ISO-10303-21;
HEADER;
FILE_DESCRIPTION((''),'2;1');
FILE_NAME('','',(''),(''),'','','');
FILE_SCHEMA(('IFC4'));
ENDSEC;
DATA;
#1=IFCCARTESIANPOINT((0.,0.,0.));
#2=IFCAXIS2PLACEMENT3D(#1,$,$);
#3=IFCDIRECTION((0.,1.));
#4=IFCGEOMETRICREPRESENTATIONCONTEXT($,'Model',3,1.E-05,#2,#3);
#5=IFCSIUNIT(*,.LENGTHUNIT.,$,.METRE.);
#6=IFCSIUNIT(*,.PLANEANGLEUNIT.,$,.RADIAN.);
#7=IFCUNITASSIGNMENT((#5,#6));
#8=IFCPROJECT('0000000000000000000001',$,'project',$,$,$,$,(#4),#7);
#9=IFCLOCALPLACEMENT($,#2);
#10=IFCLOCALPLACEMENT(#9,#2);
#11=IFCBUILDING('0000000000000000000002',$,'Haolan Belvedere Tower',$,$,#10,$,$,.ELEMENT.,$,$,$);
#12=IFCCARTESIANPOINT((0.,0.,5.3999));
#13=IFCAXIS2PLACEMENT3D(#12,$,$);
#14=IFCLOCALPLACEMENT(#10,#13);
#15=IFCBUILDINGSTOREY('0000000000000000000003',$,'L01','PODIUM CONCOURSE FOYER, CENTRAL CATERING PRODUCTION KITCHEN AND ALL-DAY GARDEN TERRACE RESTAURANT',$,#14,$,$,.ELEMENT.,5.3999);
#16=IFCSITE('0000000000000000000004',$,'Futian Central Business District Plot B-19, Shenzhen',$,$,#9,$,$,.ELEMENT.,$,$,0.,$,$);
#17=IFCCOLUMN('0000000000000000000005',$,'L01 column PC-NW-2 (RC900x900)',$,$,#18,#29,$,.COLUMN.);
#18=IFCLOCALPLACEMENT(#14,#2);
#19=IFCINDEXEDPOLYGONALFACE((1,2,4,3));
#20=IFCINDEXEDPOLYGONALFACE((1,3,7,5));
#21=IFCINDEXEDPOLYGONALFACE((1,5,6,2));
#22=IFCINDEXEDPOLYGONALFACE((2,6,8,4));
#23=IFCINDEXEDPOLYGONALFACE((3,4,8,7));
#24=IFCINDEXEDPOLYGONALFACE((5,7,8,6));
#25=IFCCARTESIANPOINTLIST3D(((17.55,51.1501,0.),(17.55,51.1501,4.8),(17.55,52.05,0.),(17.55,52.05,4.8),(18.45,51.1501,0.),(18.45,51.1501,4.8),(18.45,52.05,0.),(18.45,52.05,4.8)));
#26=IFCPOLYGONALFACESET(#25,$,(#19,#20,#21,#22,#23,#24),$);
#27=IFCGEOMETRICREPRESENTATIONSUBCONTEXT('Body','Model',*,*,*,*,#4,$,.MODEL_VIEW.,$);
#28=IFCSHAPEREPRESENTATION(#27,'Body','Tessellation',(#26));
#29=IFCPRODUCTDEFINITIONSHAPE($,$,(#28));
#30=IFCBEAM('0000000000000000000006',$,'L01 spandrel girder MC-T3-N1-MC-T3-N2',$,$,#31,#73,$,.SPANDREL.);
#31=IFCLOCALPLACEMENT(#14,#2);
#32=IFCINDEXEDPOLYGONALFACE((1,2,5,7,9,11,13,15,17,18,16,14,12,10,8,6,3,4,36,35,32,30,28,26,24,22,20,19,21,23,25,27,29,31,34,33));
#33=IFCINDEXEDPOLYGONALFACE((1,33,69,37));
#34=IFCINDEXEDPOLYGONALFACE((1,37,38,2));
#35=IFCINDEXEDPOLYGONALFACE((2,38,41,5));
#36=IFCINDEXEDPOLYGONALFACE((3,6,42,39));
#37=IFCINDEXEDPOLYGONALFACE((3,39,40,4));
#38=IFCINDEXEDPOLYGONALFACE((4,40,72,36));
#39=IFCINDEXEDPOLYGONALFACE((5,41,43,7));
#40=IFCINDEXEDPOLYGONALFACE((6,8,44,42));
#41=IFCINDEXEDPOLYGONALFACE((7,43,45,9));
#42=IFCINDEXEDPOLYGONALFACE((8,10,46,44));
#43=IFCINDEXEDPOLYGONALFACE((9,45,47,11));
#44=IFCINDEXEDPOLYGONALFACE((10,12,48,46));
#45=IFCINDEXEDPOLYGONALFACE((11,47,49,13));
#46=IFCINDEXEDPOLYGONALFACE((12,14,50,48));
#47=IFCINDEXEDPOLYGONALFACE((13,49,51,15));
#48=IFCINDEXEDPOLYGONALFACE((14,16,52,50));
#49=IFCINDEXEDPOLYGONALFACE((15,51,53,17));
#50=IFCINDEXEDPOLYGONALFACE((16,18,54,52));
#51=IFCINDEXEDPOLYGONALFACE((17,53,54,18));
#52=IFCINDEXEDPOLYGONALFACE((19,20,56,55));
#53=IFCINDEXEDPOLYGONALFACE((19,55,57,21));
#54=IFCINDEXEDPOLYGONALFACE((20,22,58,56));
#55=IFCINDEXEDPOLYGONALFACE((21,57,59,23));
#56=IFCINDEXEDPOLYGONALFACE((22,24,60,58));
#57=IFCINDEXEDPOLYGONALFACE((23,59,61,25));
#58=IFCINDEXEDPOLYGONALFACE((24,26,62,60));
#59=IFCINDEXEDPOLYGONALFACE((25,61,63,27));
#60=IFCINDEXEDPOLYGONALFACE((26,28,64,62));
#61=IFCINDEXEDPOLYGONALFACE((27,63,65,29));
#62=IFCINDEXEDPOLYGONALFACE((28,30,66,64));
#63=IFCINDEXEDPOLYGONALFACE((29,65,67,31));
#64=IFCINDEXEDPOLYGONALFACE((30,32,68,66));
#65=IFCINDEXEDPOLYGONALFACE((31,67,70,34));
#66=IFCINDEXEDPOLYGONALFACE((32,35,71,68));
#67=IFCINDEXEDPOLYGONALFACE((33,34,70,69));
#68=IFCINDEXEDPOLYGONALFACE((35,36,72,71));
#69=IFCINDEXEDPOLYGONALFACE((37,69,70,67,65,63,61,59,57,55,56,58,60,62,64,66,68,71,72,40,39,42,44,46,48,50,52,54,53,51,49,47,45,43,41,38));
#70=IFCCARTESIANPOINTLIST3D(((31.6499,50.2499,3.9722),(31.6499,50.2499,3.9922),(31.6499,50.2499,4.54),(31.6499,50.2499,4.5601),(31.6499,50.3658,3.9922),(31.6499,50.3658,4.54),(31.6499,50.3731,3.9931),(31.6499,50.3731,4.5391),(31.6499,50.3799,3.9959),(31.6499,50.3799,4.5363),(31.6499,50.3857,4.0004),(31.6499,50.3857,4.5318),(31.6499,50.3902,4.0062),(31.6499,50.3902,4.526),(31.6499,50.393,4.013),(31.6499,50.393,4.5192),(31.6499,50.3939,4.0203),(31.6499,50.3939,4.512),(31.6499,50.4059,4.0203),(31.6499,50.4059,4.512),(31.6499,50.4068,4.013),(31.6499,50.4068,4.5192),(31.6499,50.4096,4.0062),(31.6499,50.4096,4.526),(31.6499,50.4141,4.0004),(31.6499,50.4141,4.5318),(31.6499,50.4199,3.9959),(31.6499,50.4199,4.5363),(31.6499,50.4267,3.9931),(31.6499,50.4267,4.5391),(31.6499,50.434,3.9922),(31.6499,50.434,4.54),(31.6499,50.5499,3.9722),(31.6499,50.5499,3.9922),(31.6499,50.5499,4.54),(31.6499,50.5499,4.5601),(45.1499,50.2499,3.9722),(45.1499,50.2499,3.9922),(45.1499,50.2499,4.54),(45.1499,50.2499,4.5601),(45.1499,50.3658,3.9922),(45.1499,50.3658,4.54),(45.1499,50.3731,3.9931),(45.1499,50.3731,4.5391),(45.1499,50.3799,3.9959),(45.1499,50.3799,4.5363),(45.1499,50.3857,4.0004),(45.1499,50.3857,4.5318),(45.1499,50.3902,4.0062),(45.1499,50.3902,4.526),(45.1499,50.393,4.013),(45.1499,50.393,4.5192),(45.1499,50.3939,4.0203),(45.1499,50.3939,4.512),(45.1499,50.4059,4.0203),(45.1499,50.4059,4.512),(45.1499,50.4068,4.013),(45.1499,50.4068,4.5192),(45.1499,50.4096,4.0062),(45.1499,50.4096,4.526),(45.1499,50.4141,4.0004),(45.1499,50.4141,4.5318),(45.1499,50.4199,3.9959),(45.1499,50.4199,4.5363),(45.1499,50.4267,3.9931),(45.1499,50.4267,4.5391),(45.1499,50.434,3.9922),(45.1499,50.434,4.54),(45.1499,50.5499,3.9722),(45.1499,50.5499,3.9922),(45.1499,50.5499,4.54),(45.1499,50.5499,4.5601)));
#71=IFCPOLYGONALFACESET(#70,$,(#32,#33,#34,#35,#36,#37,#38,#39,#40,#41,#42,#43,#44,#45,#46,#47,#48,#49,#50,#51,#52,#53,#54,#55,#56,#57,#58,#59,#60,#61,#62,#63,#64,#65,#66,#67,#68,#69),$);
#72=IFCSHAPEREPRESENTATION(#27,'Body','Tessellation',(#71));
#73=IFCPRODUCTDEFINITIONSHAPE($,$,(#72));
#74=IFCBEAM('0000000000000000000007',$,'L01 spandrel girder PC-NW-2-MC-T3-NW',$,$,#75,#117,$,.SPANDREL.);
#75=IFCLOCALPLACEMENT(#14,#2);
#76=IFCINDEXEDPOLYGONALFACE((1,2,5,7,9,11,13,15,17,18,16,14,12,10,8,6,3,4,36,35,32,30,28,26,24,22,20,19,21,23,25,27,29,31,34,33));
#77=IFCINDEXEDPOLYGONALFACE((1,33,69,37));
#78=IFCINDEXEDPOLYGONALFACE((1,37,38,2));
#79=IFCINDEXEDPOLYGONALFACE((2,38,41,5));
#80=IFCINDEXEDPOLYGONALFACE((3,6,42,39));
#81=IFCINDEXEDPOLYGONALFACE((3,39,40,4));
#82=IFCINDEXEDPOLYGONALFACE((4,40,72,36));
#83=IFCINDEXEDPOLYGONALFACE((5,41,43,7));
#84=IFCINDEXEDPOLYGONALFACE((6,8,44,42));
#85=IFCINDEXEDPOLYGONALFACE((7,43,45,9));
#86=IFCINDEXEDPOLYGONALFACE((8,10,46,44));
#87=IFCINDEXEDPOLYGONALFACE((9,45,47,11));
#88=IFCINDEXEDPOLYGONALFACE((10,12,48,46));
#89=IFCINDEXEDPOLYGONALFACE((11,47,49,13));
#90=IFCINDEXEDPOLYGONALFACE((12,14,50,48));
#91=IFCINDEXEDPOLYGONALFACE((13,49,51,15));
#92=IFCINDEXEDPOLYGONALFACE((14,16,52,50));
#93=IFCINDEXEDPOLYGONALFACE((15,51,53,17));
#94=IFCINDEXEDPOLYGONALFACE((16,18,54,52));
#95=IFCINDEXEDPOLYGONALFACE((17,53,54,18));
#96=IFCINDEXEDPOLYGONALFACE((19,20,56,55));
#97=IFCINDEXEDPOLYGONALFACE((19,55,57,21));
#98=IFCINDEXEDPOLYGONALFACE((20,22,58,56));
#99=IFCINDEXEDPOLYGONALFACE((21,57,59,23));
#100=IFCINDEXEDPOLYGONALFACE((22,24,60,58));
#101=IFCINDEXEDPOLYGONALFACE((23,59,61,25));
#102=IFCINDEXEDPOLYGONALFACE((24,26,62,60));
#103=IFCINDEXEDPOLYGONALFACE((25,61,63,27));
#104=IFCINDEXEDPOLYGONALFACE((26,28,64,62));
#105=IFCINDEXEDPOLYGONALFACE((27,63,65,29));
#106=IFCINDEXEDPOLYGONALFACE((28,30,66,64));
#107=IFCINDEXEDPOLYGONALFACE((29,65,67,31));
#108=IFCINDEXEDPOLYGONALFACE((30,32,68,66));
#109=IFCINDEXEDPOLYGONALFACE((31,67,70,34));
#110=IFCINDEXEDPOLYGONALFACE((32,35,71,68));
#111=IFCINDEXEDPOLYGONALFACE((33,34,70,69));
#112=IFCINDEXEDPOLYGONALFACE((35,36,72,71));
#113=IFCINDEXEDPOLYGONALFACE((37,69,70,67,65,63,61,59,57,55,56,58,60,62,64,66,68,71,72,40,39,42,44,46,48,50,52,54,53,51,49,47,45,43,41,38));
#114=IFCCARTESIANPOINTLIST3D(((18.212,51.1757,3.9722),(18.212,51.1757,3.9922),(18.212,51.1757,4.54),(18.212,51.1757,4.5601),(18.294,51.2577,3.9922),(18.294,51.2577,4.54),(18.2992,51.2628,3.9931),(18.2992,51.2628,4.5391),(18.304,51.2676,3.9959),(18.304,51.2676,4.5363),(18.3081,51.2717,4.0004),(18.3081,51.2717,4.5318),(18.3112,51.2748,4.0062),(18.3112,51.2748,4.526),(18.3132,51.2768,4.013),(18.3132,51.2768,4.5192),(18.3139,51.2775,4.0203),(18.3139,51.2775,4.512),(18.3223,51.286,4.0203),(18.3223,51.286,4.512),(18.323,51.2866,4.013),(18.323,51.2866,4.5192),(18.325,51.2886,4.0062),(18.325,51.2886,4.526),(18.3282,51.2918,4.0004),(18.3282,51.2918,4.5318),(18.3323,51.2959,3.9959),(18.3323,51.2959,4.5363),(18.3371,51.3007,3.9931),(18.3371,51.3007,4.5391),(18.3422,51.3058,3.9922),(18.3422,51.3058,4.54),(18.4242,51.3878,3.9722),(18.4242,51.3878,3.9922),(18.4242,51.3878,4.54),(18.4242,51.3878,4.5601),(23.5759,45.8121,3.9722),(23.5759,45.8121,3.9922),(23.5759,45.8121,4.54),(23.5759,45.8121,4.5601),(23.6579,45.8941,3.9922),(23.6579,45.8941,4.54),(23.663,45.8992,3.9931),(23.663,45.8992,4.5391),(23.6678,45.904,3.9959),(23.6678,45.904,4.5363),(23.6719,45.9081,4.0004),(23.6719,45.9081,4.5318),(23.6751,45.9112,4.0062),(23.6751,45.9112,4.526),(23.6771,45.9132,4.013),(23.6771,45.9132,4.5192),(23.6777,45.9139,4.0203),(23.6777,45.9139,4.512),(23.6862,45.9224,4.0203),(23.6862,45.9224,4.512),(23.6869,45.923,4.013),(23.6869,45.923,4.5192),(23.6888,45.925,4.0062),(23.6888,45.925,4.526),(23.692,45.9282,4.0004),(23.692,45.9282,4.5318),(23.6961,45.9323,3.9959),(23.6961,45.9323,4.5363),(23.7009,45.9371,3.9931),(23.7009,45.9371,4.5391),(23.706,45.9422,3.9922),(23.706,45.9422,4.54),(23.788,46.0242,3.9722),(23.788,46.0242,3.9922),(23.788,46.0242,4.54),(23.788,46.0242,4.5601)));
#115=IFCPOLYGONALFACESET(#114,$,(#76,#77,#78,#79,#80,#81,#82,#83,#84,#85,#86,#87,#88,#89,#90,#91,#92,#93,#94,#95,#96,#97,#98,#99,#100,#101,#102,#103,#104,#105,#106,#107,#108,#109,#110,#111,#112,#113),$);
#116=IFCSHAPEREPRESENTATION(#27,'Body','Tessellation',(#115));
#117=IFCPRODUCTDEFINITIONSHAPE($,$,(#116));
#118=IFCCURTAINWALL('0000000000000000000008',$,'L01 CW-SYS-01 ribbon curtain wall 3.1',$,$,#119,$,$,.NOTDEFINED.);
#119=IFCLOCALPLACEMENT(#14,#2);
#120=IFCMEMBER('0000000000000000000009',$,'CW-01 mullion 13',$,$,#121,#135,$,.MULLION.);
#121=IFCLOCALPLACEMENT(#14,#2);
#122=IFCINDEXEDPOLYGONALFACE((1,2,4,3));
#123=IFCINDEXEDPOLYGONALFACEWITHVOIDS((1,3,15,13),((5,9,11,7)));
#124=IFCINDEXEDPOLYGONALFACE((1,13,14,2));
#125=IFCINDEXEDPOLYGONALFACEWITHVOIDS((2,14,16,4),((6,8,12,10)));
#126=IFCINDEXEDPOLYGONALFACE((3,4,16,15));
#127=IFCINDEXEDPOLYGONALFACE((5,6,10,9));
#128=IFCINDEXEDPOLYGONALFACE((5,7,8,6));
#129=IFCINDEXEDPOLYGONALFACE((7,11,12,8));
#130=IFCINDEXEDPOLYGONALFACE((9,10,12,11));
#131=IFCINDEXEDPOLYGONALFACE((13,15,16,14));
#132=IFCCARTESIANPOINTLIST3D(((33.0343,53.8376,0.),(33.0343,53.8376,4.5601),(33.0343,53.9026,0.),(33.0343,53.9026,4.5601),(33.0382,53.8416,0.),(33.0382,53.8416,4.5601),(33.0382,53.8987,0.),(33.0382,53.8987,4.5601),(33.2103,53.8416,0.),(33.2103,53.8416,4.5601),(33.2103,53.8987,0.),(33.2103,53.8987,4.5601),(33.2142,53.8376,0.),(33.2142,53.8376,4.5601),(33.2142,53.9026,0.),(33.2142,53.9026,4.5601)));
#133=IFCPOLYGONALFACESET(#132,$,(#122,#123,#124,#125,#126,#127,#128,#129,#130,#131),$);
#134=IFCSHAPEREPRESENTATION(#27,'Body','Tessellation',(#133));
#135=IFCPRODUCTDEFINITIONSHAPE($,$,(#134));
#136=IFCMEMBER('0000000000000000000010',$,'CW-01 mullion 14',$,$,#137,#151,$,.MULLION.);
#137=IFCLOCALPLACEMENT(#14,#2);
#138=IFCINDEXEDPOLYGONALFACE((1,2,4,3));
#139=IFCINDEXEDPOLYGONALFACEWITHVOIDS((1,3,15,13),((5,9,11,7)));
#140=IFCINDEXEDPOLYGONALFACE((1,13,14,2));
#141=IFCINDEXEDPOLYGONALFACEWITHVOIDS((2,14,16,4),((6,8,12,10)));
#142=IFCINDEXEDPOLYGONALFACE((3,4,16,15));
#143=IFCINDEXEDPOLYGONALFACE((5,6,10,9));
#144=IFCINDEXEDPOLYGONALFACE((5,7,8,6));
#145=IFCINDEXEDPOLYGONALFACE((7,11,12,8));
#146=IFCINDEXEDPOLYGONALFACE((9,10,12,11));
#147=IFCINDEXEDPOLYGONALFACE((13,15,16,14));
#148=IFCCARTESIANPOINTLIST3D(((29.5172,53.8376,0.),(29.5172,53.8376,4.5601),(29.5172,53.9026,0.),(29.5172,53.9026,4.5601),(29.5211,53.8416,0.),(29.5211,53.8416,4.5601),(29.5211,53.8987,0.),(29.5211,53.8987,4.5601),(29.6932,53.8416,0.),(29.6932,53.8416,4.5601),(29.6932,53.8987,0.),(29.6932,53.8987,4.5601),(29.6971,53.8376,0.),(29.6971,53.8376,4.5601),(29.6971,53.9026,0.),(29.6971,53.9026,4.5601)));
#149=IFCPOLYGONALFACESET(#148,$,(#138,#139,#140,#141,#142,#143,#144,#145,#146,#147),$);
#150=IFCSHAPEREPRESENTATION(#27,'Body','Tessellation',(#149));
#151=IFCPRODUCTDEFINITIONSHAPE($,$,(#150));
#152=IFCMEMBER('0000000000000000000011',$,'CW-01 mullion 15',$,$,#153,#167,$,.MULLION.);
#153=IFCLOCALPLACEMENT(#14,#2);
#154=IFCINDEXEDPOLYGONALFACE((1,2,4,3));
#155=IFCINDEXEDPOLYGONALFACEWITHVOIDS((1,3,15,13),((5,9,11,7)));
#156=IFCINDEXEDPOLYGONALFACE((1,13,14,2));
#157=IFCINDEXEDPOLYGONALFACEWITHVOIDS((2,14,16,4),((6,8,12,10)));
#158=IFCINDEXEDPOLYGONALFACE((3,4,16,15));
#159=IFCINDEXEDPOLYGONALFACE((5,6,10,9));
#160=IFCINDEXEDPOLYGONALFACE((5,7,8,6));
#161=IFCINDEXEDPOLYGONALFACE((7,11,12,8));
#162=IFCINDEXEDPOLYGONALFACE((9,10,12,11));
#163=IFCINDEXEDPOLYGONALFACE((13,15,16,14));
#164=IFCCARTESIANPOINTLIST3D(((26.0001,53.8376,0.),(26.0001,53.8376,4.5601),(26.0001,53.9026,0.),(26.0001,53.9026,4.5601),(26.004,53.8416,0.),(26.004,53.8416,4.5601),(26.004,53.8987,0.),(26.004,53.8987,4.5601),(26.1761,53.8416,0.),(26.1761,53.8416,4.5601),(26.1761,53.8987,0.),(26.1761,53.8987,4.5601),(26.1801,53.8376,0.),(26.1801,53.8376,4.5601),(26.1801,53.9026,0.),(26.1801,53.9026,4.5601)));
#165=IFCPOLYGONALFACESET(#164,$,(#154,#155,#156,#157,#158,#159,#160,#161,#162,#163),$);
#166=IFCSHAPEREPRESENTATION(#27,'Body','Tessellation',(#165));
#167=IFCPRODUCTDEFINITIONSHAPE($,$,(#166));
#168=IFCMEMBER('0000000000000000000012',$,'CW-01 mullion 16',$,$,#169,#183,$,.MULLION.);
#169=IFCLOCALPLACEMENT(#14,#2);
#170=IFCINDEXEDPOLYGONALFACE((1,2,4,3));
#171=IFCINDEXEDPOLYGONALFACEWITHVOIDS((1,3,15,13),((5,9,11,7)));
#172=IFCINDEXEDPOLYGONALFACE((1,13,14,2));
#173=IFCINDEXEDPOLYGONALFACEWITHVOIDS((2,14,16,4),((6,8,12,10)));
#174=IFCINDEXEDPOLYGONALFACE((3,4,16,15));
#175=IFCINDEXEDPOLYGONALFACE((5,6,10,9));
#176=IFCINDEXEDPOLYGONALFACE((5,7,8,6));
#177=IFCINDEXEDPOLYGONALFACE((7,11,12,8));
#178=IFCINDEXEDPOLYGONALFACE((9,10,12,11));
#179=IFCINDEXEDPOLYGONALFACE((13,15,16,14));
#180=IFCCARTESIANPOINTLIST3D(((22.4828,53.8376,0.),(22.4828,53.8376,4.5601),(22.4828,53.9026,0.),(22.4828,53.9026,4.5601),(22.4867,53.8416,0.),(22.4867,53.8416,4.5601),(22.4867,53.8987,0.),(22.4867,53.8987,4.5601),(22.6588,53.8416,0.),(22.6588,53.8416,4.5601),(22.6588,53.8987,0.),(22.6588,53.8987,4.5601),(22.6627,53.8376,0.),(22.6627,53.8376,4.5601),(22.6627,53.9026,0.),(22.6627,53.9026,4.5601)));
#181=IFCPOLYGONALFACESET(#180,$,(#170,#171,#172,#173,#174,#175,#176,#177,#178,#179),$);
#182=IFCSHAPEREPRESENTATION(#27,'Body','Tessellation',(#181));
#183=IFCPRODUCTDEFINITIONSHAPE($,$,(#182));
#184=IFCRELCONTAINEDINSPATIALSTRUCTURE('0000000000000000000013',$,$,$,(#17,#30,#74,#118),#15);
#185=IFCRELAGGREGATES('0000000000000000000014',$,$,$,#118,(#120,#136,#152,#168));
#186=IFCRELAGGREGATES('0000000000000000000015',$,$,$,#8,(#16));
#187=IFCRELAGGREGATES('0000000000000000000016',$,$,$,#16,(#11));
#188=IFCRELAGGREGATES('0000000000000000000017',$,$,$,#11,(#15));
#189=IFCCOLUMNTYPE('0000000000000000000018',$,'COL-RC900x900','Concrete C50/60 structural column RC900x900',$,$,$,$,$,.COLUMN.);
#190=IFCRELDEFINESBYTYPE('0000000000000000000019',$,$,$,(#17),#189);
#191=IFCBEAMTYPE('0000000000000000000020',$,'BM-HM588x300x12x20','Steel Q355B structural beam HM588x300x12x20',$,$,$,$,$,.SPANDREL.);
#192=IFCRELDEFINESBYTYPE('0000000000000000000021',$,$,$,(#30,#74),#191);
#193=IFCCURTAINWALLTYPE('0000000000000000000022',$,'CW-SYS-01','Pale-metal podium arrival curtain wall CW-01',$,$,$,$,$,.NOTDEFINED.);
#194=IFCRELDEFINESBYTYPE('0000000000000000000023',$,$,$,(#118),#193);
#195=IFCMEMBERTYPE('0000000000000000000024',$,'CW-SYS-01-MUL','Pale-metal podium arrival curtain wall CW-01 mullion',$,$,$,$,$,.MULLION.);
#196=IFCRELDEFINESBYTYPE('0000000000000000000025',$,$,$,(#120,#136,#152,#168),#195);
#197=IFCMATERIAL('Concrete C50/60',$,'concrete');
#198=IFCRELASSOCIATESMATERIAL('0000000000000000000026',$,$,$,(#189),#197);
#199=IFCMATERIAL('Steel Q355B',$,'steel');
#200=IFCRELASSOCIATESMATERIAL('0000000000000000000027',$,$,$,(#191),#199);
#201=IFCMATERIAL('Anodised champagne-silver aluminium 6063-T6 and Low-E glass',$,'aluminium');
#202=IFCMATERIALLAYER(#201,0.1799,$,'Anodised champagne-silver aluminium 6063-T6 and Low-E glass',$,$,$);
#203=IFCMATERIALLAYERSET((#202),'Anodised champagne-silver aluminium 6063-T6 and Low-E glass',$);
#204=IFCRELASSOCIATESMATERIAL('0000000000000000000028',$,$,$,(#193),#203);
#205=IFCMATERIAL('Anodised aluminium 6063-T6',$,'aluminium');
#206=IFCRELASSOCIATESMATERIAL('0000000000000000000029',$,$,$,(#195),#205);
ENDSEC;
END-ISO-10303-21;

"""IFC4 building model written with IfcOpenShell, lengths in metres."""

from ifc_helpers import new_model, si_unit, direction, frame, origin, origin_2d, place, context, subcontext, project, spatial, rectangle, hollow_rectangle, i_section, extrude, material, layer, layer_set, material_profile, profile_set, type_object, element, aggregate, save


model = new_model("IFC4")

# Units and contexts
model_context = context("Model", 3, precision=1e-05, world=origin(), true_north=direction((0.0, 1.0)))
body_context = subcontext(model_context, "Body", "Model", "MODEL_VIEW")
ifc_project = project(units=[si_unit("LENGTHUNIT", "METRE"), si_unit("PLANEANGLEUNIT", "RADIAN")], contexts=[model_context])

# Site, building, storey
site_placement = place(None, origin())
site = spatial("IfcSite", under=ifc_project, at=site_placement, Name="Futian Central Business District Plot B-19, Shenzhen", CompositionType="ELEMENT", RefElevation=0.0)
building_placement = place(site_placement, origin())
building = spatial("IfcBuilding", under=site, at=building_placement, Name="Haolan Belvedere Tower", CompositionType="ELEMENT")
storey_placement = place(building_placement, frame((0.0, 0.0, 5.3999)))
storey = spatial("IfcBuildingStorey", under=building, at=storey_placement, Name="L01", Description="PODIUM CONCOURSE FOYER, CENTRAL CATERING PRODUCTION KITCHEN AND ALL-DAY GARDEN TERRACE RESTAURANT", CompositionType="ELEMENT", Elevation=5.3999)

# Column
ifc_material_1 = material(Name="Concrete C50/60", Category="concrete")
ifc_material_profile_1 = material_profile(ifc_material_1, rectangle(XDim=0.8999, YDim=0.8999, at=origin_2d()), Name="Concrete C50/60")
ifc_profile_set_1 = profile_set([ifc_material_profile_1], Name="Concrete C50/60")
column_type = type_object("IfcColumnType", Name="COL-RC900x900", Description="Concrete C50/60 structural column RC900x900", PredefinedType="COLUMN", material=ifc_profile_set_1)
column_placement = place(storey_placement, frame((18.0, 51.6001, 0.0), z_axis=(0.0, 0.0, 1.0), x_axis=(1.0, 0.0, 0.0)))
element("IfcColumn", 1, at=column_placement, inside=storey, type_object=column_type, Name="L01 column PC-NW-2 (RC900x900)", PredefinedType="COLUMN", context=body_context, shape_type="SweptSolid", body=[
    extrude(rectangle(XDim=0.8999, YDim=0.8999, at=origin_2d()), origin(), (0.0, 0.0, 1.0), 4.8),
])

# Beams
ifc_material_2 = material(Name="Steel Q355B", Category="steel")
ifc_material_profile_2 = material_profile(ifc_material_2, i_section(OverallWidth=0.3, OverallDepth=0.5879, WebThickness=0.012, FlangeThickness=0.02, FilletRadius=0.0281, at=origin_2d()), Name="Steel Q355B")
ifc_profile_set_2 = profile_set([ifc_material_profile_2], Name="Steel Q355B")
beam_type = type_object("IfcBeamType", Name="BM-HM588x300x12x20", Description="Steel Q355B structural beam HM588x300x12x20", PredefinedType="SPANDREL", material=ifc_profile_set_2)
beam_1_placement = place(storey_placement, frame((31.6499, 50.3999, 4.2661), z_axis=(1.0, 0.0, 0.0), x_axis=(0.0, 1.0, 0.0)))
element("IfcBeam", 2, at=beam_1_placement, inside=storey, type_object=beam_type, Name="L01 spandrel girder MC-T3-N1-MC-T3-N2", PredefinedType="SPANDREL", context=body_context, shape_type="SweptSolid", body=[
    extrude(i_section(OverallWidth=0.3, OverallDepth=0.5879, WebThickness=0.012, FlangeThickness=0.02, FilletRadius=0.0281, at=origin_2d()), origin(), (0.0, 0.0, 1.0), 13.5),
])
beam_2_placement = place(storey_placement, frame((18.3181, 51.2817, 4.2661), z_axis=(0.707123, -0.707091, 0.0), x_axis=(0.707091, 0.707123, 0.0)))
element("IfcBeam", 3, at=beam_2_placement, inside=storey, type_object=beam_type, Name="L01 spandrel girder PC-NW-2-MC-T3-NW", PredefinedType="SPANDREL", context=body_context, shape_type="SweptSolid", body=[
    extrude(i_section(OverallWidth=0.3, OverallDepth=0.5879, WebThickness=0.012, FlangeThickness=0.02, FilletRadius=0.0281, at=origin_2d()), origin(), (0.0, 0.0, 1.0), 7.5854),
])

# Curtain wall, members
ifc_material_3 = material(Name="Anodised champagne-silver aluminium 6063-T6 and Low-E glass", Category="aluminium")
ifc_layer_1 = layer(ifc_material_3, 0.1799, Name="Anodised champagne-silver aluminium 6063-T6 and Low-E glass")
ifc_layer_set_1 = layer_set([ifc_layer_1], Name="Anodised champagne-silver aluminium 6063-T6 and Low-E glass")
curtain_wall_type = type_object("IfcCurtainWallType", Name="CW-SYS-01", Description="Pale-metal podium arrival curtain wall CW-01", PredefinedType="NOTDEFINED", material=ifc_layer_set_1)
curtain_wall_placement = place(storey_placement, origin())
curtain_wall = element("IfcCurtainWall", 4, at=curtain_wall_placement, inside=storey, type_object=curtain_wall_type, Name="L01 CW-SYS-01 ribbon curtain wall 3.1", PredefinedType="NOTDEFINED")
ifc_material_4 = material(Name="Anodised aluminium 6063-T6", Category="aluminium")
ifc_material_profile_3 = material_profile(ifc_material_4, hollow_rectangle(XDim=0.0649, YDim=0.1799, WallThickness=0.0039, at=origin_2d()), Name="Anodised aluminium 6063-T6")
ifc_profile_set_3 = profile_set([ifc_material_profile_3], Name="Anodised aluminium 6063-T6")
member_type_1 = type_object("IfcMemberType", Name="CW-SYS-01-MUL", Description="Pale-metal podium arrival curtain wall CW-01 mullion", PredefinedType="MULLION", material=ifc_profile_set_3)
member_1_placement = place(storey_placement, frame((33.1243, 53.8701, 0.0), z_axis=(0.0, 0.0, 1.0), x_axis=(0.0, -1.0, 0.0)))
member_1 = element("IfcMember", 5, at=member_1_placement, type_object=member_type_1, Name="CW-01 mullion 13", PredefinedType="MULLION", context=body_context, shape_type="SweptSolid", body=[
    extrude(hollow_rectangle(XDim=0.0649, YDim=0.1799, WallThickness=0.0039, at=origin_2d()), origin(), (0.0, 0.0, 1.0), 4.5601),
])
member_2_placement = place(storey_placement, frame((29.6072, 53.8701, 0.0), z_axis=(0.0, 0.0, 1.0), x_axis=(0.0, -1.0, 0.0)))
member_2 = element("IfcMember", 6, at=member_2_placement, type_object=member_type_1, Name="CW-01 mullion 14", PredefinedType="MULLION", context=body_context, shape_type="SweptSolid", body=[
    extrude(hollow_rectangle(XDim=0.0649, YDim=0.1799, WallThickness=0.0039, at=origin_2d()), origin(), (0.0, 0.0, 1.0), 4.5601),
])
member_3_placement = place(storey_placement, frame((26.0901, 53.8701, 0.0), z_axis=(0.0, 0.0, 1.0), x_axis=(0.0, -1.0, 0.0)))
member_3 = element("IfcMember", 7, at=member_3_placement, type_object=member_type_1, Name="CW-01 mullion 15", PredefinedType="MULLION", context=body_context, shape_type="SweptSolid", body=[
    extrude(hollow_rectangle(XDim=0.0649, YDim=0.1799, WallThickness=0.0039, at=origin_2d()), origin(), (0.0, 0.0, 1.0), 4.5601),
])
member_4_placement = place(storey_placement, frame((22.5728, 53.8701, 0.0), z_axis=(0.0, 0.0, 1.0), x_axis=(0.0, -1.0, 0.0)))
member_4 = element("IfcMember", 8, at=member_4_placement, type_object=member_type_1, Name="CW-01 mullion 16", PredefinedType="MULLION", context=body_context, shape_type="SweptSolid", body=[
    extrude(hollow_rectangle(XDim=0.0649, YDim=0.1799, WallThickness=0.0039, at=origin_2d()), origin(), (0.0, 0.0, 1.0), 4.5601),
])
aggregate(curtain_wall, [member_1, member_2, member_3, member_4])

save(model, "model.ifc")
